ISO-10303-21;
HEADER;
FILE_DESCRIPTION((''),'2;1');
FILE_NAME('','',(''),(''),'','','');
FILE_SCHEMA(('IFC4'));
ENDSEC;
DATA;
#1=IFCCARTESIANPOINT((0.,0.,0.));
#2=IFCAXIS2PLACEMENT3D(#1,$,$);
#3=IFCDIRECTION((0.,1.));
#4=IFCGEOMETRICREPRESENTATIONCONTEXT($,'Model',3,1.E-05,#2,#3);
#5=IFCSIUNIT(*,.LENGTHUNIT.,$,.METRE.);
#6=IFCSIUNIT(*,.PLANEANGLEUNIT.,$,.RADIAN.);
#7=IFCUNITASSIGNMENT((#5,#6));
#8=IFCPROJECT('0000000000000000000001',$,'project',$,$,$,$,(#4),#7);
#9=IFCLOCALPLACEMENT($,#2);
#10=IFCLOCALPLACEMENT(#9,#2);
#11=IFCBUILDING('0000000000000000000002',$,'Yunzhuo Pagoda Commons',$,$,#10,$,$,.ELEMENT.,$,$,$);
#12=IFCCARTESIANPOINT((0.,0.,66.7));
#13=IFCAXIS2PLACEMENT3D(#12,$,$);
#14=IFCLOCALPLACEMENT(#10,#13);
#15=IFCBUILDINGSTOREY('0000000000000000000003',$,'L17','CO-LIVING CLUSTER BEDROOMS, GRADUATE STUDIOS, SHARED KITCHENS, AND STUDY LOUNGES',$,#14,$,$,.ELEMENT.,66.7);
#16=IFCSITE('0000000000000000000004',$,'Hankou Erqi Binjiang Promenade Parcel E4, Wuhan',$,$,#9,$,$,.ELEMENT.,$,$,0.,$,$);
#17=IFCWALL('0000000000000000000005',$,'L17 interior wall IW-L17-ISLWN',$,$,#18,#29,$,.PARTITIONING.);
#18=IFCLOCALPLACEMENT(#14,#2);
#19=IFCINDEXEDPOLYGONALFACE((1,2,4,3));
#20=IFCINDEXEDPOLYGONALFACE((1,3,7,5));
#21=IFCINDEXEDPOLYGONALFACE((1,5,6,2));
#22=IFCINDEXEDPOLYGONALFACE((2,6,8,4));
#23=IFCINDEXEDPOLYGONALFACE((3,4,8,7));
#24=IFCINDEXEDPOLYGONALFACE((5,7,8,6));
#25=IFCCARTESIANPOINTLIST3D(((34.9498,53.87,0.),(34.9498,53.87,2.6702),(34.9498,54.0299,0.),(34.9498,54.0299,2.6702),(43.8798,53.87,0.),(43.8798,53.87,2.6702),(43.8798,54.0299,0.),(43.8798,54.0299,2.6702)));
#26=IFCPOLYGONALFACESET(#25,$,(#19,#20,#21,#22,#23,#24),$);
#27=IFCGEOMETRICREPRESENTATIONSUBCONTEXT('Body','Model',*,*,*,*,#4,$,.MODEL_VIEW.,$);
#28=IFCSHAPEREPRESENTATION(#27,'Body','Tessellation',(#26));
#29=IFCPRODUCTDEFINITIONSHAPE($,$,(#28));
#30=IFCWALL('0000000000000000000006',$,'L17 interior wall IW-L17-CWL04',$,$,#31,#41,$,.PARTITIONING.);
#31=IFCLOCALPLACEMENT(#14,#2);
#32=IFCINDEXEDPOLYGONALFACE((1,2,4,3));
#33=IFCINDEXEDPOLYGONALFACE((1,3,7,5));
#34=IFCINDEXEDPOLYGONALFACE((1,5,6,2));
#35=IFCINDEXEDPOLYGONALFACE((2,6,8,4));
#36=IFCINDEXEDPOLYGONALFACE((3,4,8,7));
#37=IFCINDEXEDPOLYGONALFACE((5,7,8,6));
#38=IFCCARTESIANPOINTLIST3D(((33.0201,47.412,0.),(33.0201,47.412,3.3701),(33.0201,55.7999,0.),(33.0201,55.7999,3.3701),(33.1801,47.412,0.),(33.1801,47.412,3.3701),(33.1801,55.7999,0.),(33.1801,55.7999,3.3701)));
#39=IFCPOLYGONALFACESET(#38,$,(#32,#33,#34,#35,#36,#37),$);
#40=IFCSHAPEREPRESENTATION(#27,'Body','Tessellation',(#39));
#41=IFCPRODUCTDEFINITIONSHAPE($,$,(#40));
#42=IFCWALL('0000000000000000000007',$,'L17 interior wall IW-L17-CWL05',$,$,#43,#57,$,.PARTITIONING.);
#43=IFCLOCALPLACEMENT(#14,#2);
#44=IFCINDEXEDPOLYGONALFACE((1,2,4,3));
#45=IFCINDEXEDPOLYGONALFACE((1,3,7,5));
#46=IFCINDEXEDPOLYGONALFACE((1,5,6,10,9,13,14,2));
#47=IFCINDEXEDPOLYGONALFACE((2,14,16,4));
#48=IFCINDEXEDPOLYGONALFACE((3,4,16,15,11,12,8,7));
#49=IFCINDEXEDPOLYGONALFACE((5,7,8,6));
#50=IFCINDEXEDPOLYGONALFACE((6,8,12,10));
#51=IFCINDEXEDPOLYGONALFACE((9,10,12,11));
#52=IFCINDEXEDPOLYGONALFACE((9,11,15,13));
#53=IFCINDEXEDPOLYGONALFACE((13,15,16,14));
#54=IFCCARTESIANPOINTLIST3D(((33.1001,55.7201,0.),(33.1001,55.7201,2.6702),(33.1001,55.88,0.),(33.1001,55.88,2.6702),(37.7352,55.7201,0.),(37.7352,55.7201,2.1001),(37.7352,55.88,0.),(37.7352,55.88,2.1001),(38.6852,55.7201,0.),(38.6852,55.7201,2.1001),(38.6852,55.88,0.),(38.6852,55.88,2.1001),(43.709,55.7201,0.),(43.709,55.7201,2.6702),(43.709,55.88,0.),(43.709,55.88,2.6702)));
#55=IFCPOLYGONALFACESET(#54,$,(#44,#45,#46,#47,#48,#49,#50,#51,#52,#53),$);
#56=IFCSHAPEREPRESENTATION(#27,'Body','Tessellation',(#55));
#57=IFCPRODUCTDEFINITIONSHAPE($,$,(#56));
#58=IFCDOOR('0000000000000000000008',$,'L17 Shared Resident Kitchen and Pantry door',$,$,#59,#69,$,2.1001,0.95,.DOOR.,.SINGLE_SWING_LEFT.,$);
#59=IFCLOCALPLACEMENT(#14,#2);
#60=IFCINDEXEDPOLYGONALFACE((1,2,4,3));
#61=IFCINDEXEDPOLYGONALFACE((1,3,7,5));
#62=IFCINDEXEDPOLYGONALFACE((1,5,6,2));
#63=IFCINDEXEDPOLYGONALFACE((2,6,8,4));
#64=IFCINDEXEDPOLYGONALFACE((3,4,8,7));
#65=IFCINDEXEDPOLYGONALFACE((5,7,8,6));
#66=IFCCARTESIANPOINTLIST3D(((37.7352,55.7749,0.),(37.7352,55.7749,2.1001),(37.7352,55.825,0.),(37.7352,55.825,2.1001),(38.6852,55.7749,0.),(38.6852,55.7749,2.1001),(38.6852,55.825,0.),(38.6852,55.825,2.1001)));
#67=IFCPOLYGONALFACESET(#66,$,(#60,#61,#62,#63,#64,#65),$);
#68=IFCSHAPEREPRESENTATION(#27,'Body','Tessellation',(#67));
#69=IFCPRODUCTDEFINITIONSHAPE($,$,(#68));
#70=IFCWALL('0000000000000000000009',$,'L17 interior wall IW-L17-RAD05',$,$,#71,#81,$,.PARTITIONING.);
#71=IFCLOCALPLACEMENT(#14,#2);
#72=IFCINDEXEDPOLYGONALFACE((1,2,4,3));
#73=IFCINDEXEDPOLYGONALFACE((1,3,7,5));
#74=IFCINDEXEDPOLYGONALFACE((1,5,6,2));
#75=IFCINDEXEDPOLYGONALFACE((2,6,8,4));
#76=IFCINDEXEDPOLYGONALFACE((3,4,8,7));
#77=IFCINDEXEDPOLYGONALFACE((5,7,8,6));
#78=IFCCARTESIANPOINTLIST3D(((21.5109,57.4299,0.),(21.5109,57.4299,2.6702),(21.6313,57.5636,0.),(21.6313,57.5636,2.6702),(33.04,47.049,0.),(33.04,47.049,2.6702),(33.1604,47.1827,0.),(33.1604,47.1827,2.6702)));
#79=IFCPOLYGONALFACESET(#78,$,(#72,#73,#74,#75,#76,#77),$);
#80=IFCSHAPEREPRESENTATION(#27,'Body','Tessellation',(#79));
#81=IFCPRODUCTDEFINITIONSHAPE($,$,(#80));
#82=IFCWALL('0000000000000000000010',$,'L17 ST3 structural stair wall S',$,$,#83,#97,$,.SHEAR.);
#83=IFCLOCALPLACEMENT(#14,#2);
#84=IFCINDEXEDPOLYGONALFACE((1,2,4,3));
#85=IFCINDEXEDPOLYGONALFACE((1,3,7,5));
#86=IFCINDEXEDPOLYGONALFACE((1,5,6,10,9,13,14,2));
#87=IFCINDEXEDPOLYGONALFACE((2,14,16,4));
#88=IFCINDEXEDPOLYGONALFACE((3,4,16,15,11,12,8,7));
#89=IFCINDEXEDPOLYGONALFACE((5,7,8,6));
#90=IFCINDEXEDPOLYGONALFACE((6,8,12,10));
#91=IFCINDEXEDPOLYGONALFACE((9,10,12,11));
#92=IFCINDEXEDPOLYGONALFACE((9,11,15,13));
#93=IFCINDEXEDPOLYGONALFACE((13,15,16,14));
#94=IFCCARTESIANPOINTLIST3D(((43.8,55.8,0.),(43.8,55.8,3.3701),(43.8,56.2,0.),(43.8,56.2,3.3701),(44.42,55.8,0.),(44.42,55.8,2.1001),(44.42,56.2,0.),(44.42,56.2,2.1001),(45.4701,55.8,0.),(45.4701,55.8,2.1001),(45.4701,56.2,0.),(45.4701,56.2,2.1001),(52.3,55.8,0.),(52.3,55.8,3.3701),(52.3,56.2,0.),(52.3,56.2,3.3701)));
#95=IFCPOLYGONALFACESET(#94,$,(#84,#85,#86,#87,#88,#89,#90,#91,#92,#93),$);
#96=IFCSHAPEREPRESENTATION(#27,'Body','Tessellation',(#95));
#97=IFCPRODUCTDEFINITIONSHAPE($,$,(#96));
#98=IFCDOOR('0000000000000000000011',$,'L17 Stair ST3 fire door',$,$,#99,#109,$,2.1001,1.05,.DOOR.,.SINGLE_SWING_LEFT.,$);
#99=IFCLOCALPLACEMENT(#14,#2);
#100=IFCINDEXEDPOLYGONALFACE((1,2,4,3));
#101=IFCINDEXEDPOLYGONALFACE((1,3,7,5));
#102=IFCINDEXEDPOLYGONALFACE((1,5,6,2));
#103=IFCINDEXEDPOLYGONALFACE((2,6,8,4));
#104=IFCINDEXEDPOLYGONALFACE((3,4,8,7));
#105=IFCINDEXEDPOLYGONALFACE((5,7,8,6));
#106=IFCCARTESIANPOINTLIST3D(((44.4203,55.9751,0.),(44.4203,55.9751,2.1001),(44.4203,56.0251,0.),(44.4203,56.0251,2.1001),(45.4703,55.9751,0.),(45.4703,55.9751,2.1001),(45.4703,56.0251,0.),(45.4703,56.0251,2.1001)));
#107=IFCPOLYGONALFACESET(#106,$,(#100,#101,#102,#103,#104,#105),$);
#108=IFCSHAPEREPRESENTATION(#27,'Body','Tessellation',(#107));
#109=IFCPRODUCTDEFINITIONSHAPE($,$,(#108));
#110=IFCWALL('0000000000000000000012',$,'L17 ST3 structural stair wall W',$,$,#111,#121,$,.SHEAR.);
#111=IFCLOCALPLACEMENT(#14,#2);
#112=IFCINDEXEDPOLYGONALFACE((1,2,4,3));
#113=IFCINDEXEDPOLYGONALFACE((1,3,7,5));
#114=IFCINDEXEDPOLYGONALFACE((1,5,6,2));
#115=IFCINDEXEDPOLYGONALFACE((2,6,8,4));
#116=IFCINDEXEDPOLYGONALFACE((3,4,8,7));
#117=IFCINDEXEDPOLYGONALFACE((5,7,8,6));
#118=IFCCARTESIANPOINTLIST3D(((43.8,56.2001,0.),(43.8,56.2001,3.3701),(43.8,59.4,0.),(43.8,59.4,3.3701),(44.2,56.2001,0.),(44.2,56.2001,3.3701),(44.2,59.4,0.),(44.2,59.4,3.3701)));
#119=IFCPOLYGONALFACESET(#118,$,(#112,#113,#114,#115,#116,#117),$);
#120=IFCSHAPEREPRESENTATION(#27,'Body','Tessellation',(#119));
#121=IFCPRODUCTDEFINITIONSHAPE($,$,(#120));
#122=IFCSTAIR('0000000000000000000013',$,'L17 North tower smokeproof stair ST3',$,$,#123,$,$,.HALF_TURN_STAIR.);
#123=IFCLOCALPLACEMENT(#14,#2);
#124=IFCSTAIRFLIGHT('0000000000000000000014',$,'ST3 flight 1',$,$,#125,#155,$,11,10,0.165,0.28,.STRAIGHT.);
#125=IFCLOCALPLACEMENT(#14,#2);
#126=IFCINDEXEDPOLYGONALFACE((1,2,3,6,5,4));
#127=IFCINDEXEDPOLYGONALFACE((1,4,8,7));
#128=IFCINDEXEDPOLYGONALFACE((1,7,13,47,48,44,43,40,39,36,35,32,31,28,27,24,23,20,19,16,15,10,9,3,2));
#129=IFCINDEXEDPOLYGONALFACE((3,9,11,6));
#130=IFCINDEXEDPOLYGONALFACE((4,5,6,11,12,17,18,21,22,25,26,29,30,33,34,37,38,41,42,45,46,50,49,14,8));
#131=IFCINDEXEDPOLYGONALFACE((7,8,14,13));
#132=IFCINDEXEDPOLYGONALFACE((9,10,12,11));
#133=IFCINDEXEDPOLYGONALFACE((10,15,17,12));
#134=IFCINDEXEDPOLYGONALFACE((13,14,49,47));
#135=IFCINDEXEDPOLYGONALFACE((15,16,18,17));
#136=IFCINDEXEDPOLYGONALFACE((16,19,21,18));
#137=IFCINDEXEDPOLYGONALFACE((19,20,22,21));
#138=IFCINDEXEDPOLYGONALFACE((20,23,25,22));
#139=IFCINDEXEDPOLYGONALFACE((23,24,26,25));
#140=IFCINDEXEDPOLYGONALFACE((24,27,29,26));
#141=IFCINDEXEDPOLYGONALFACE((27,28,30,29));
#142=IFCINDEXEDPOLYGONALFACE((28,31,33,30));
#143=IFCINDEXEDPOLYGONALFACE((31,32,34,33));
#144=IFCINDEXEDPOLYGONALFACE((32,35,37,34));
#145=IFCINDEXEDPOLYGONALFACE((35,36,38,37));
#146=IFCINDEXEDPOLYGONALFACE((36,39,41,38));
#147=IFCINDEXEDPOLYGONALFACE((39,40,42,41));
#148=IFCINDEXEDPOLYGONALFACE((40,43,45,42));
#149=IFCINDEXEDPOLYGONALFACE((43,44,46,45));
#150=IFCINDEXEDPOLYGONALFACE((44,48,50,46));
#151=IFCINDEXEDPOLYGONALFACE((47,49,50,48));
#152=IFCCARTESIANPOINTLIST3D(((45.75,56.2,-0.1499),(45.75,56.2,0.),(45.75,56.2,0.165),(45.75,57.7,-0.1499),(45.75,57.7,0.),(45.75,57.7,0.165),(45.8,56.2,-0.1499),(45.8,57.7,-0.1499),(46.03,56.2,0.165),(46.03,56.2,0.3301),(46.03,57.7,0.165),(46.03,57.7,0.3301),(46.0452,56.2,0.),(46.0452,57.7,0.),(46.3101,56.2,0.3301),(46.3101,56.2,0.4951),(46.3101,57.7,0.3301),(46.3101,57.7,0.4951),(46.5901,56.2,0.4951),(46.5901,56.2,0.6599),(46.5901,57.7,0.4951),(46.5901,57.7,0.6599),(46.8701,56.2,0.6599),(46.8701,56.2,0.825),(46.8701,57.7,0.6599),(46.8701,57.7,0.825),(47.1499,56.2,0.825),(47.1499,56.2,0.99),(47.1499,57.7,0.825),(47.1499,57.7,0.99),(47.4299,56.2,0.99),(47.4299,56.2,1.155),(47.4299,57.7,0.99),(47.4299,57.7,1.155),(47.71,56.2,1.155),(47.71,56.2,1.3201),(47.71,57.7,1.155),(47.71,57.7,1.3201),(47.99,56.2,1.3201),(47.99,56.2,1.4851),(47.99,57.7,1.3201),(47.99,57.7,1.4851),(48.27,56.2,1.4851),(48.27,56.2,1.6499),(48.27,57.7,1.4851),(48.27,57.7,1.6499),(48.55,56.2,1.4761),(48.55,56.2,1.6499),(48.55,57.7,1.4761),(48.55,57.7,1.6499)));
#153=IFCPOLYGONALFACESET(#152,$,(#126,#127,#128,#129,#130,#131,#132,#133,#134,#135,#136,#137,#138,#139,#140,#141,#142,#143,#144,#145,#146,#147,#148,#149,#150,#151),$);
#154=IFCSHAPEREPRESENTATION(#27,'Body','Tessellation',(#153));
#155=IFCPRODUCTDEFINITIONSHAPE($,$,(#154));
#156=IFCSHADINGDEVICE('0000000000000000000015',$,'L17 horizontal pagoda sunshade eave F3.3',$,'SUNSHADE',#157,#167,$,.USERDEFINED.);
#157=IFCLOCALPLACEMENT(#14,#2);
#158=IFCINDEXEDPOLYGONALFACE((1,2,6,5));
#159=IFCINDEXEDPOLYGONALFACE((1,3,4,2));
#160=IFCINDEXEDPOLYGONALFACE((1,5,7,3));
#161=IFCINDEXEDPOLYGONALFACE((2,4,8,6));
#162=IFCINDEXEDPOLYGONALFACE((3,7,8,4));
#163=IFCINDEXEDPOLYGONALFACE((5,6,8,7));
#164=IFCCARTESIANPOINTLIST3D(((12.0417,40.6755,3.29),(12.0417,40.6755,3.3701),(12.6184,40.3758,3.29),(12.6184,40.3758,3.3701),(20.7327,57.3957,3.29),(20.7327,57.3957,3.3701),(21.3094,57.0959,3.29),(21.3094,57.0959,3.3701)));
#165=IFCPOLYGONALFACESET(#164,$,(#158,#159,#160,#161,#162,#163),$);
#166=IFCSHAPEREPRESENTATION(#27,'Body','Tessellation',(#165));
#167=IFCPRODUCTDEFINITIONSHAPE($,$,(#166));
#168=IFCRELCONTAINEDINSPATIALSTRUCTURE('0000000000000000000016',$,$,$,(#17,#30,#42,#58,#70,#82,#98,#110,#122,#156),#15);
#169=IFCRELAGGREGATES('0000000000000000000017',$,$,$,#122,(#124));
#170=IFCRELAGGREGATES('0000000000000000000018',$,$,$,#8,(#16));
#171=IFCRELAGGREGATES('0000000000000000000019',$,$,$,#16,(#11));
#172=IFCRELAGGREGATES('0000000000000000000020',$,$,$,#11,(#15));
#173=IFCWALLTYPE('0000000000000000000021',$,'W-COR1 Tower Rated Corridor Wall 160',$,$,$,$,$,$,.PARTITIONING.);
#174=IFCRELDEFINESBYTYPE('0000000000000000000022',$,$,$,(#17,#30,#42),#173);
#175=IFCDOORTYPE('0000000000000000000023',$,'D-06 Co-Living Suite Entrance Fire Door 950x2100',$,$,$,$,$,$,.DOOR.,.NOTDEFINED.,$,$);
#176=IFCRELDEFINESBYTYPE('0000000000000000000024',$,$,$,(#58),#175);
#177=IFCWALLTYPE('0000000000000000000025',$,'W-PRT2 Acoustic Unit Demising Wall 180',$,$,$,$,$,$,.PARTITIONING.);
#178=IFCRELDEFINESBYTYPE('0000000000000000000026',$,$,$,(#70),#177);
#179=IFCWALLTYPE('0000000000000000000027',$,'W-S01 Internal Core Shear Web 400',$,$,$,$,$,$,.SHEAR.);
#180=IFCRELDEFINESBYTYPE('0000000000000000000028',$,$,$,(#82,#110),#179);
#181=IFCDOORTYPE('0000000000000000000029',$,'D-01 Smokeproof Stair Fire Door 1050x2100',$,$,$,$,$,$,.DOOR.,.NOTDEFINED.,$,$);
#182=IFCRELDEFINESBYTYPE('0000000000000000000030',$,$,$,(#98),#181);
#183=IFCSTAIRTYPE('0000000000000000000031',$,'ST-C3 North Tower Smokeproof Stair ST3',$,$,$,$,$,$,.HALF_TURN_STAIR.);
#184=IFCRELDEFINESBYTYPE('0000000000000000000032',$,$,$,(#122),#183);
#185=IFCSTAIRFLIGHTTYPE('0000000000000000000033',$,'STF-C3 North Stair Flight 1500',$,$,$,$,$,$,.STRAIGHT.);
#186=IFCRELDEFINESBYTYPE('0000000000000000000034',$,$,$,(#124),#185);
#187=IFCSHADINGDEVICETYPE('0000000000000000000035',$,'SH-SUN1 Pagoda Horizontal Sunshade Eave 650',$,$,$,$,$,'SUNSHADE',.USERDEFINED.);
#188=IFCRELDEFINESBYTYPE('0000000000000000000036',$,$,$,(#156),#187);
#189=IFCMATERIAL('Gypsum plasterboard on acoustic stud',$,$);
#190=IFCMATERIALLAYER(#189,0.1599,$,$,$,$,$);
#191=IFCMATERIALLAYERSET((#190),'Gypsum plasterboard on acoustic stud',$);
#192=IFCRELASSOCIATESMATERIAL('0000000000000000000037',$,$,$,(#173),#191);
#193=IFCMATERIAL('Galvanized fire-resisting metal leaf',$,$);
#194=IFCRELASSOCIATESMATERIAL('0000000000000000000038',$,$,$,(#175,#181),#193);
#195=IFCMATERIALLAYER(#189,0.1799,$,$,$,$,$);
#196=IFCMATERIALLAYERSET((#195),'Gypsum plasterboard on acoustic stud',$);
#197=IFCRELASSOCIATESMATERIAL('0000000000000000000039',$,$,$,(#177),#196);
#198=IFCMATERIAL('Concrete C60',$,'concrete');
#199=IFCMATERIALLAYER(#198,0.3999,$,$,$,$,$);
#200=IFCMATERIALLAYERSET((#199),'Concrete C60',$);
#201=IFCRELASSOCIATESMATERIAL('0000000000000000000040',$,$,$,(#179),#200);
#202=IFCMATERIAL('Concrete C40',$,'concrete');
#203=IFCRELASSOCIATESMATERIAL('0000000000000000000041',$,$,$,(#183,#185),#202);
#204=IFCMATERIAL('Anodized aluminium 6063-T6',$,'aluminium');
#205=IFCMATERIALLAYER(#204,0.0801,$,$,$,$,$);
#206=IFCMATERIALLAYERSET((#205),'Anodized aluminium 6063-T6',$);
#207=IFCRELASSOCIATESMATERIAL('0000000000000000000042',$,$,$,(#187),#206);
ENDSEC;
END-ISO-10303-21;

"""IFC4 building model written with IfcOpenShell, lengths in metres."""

from ifc_helpers import new_model, si_unit, direction, frame, frame_2d, origin, origin_with_axes, origin_2d, place, context, subcontext, project, spatial, polyline, rectangle, outline, extrude, source, transform, mapped, material, layer, layer_set, type_object, element, fill, aggregate, save


model = new_model("IFC4")

# Units and contexts
model_context = context("Model", 3, precision=1e-05, world=origin(), true_north=direction((0.0, 1.0)))
body_context = subcontext(model_context, "Body", "Model", "MODEL_VIEW")
ifc_project = project(units=[si_unit("LENGTHUNIT", "METRE"), si_unit("PLANEANGLEUNIT", "RADIAN")], contexts=[model_context])

# Site, building, storey
site_placement = place(None, origin())
site = spatial("IfcSite", under=ifc_project, at=site_placement, Name="Hankou Erqi Binjiang Promenade Parcel E4, Wuhan", CompositionType="ELEMENT", RefElevation=0.0)
building_placement = place(site_placement, origin())
building = spatial("IfcBuilding", under=site, at=building_placement, Name="Yunzhuo Pagoda Commons", CompositionType="ELEMENT")
storey_placement = place(building_placement, frame((0.0, 0.0, 66.7)))
storey = spatial("IfcBuildingStorey", under=building, at=storey_placement, Name="L17", Description="CO-LIVING CLUSTER BEDROOMS, GRADUATE STUDIOS, SHARED KITCHENS, AND STUDY LOUNGES", CompositionType="ELEMENT", Elevation=66.7)

# Shared definitions
ifc_material_1 = material(Name="Anodized aluminium 6063-T6", Category="aluminium")

# Walls
ifc_material_2 = material(Name="Gypsum plasterboard on acoustic stud")
ifc_layer_1 = layer(ifc_material_2, 0.1599)
ifc_layer_set_1 = layer_set([ifc_layer_1], Name="Gypsum plasterboard on acoustic stud")
wall_type_1 = type_object("IfcWallType", Name="W-COR1 Tower Rated Corridor Wall 160", PredefinedType="PARTITIONING", material=ifc_layer_set_1)
wall_1_placement = place(storey_placement, frame((34.95, 53.95, 0.0), z_axis=(0.0, 0.0, 1.0), x_axis=(1.0, 0.0, 0.0)))
element("IfcWall", 1, at=wall_1_placement, inside=storey, type_object=wall_type_1, Name="L17 interior wall IW-L17-ISLWN", PredefinedType="PARTITIONING", context=body_context, shape_type="SweptSolid", body=[
    extrude(rectangle(XDim=8.9299, YDim=0.1599, at=frame_2d((4.4648, 0.0))), origin(), (0.0, 0.0, 1.0), 2.6702),
])
wall_2_placement = place(storey_placement, frame((33.1001, 47.4121, 0.0), z_axis=(0.0, 0.0, 1.0), x_axis=(0.0, 1.0, 0.0)))
element("IfcWall", 2, at=wall_2_placement, inside=storey, type_object=wall_type_1, Name="L17 interior wall IW-L17-CWL04", PredefinedType="PARTITIONING", context=body_context, shape_type="SweptSolid", body=[
    extrude(rectangle(XDim=8.3879, YDim=0.1599, at=frame_2d((4.1938, 0.0))), origin(), (0.0, 0.0, 1.0), 3.3701),
])

# Wall, opening, door
wall_3_placement = place(storey_placement, frame((33.1001, 55.8, 0.0), z_axis=(0.0, 0.0, 1.0), x_axis=(1.0, 0.0, 0.0)))
wall_3 = element("IfcWall", 3, at=wall_3_placement, inside=storey, type_object=wall_type_1, Name="L17 interior wall IW-L17-CWL05", PredefinedType="PARTITIONING", context=body_context, shape_type="SweptSolid", body=[
    extrude(rectangle(XDim=10.6089, YDim=0.1599, at=frame_2d((5.3044, 0.0))), origin(), (0.0, 0.0, 1.0), 2.6702),
])
opening_1_placement = place(wall_3_placement, frame((4.635, 0.0, 0.0)))
opening_1 = element("IfcOpeningElement", 4, at=opening_1_placement, cuts=wall_3, PredefinedType="OPENING", context=body_context, shape_type="SweptSolid", body=[
    extrude(rectangle(XDim=0.95, YDim=2.1001, at=frame_2d((0.4751, 1.05))), frame((0.0, 0.0898, 0.0), z_axis=(0.0, -1.0, 0.0), x_axis=(1.0, 0.0, 0.0)), (0.0, 0.0, 1.0), 0.1799),
])
ifc_material_3 = material(Name="Galvanized fire-resisting metal leaf")
door_type_1 = type_object("IfcDoorType", Name="D-06 Co-Living Suite Entrance Fire Door 950x2100", OperationType="NOTDEFINED", PredefinedType="DOOR", material=ifc_material_3)
shared_shape_1 = source(origin(), body_context, "Body", "SweptSolid", [
    extrude(rectangle(XDim=0.95, YDim=2.1001, at=frame_2d((0.4751, 1.05))), frame((0.0, 0.0249, 0.0), z_axis=(0.0, -1.0, 0.0), x_axis=(1.0, 0.0, 0.0)), (0.0, 0.0, 1.0), 0.05),
])
door_1_placement = place(opening_1_placement, origin_with_axes())
door_1 = element("IfcDoor", 5, at=door_1_placement, inside=storey, type_object=door_type_1, Name="L17 Shared Resident Kitchen and Pantry door", OperationType="SINGLE_SWING_LEFT", OverallHeight=2.1001, OverallWidth=0.95, PredefinedType="DOOR", context=body_context, shape_type="MappedRepresentation", body=[
    mapped(shared_shape_1, transform((0.0, 0.0, 0.0), scale=1.0)),
])
fill(opening_1, door_1)

# Wall
ifc_layer_2 = layer(ifc_material_2, 0.1799)
ifc_layer_set_2 = layer_set([ifc_layer_2], Name="Gypsum plasterboard on acoustic stud")
wall_type_2 = type_object("IfcWallType", Name="W-PRT2 Acoustic Unit Demising Wall 180", PredefinedType="PARTITIONING", material=ifc_layer_set_2)
wall_4_placement = place(storey_placement, frame((33.1001, 47.116, 0.0), z_axis=(0.0, 0.0, 1.0), x_axis=(-0.743143, 0.669133, 0.0)))
element("IfcWall", 6, at=wall_4_placement, inside=storey, type_object=wall_type_2, Name="L17 interior wall IW-L17-RAD05", PredefinedType="PARTITIONING", context=body_context, shape_type="SweptSolid", body=[
    extrude(rectangle(XDim=15.5139, YDim=0.1799, at=frame_2d((7.7568, 0.0))), origin(), (0.0, 0.0, 1.0), 2.6702),
])

# Wall, opening, door
ifc_material_4 = material(Name="Concrete C60", Category="concrete")
ifc_layer_3 = layer(ifc_material_4, 0.3999)
ifc_layer_set_3 = layer_set([ifc_layer_3], Name="Concrete C60")
wall_type_3 = type_object("IfcWallType", Name="W-S01 Internal Core Shear Web 400", PredefinedType="SHEAR", material=ifc_layer_set_3)
wall_5_placement = place(storey_placement, frame((43.8, 56.0, 0.0), z_axis=(0.0, 0.0, 1.0), x_axis=(1.0, 0.0, 0.0)))
wall_5 = element("IfcWall", 7, at=wall_5_placement, inside=storey, type_object=wall_type_3, Name="L17 ST3 structural stair wall S", PredefinedType="SHEAR", context=body_context, shape_type="SweptSolid", body=[
    extrude(rectangle(XDim=8.5, YDim=0.3999, at=frame_2d((4.25, 0.0))), origin(), (0.0, 0.0, 1.0), 3.3701),
])
opening_2_placement = place(wall_5_placement, frame((0.6201, 0.0, 0.0)))
opening_2 = element("IfcOpeningElement", 8, at=opening_2_placement, cuts=wall_5, PredefinedType="OPENING", context=body_context, shape_type="SweptSolid", body=[
    extrude(rectangle(XDim=1.05, YDim=2.1001, at=frame_2d((0.5249, 1.05))), frame((0.0, 0.21, 0.0), z_axis=(0.0, -1.0, 0.0), x_axis=(1.0, 0.0, 0.0)), (0.0, 0.0, 1.0), 0.4199),
])
door_type_2 = type_object("IfcDoorType", Name="D-01 Smokeproof Stair Fire Door 1050x2100", OperationType="NOTDEFINED", PredefinedType="DOOR", material=ifc_material_3)
shared_shape_2 = source(origin(), body_context, "Body", "SweptSolid", [
    extrude(rectangle(XDim=1.05, YDim=2.1001, at=frame_2d((0.5249, 1.05))), frame((0.0, 0.0249, 0.0), z_axis=(0.0, -1.0, 0.0), x_axis=(1.0, 0.0, 0.0)), (0.0, 0.0, 1.0), 0.05),
])
door_2_placement = place(opening_2_placement, frame((1.05, 0.0, 0.0), z_axis=(0.0, 0.0, 1.0), x_axis=(-1.0, 0.0, 0.0)))
door_2 = element("IfcDoor", 9, at=door_2_placement, inside=storey, type_object=door_type_2, Name="L17 Stair ST3 fire door", OperationType="SINGLE_SWING_LEFT", OverallHeight=2.1001, OverallWidth=1.05, PredefinedType="DOOR", context=body_context, shape_type="MappedRepresentation", body=[
    mapped(shared_shape_2, transform((0.0, 0.0, 0.0), scale=1.0)),
])
fill(opening_2, door_2)

# Wall
wall_6_placement = place(storey_placement, frame((44.0, 56.2, 0.0), z_axis=(0.0, 0.0, 1.0), x_axis=(0.0, 1.0, 0.0)))
element("IfcWall", 10, at=wall_6_placement, inside=storey, type_object=wall_type_3, Name="L17 ST3 structural stair wall W", PredefinedType="SHEAR", context=body_context, shape_type="SweptSolid", body=[
    extrude(rectangle(XDim=3.2, YDim=0.3999, at=frame_2d((1.6001, 0.0))), origin(), (0.0, 0.0, 1.0), 3.3701),
])

# Stair, stair flight
ifc_material_5 = material(Name="Concrete C40", Category="concrete")
stair_type = type_object("IfcStairType", Name="ST-C3 North Tower Smokeproof Stair ST3", PredefinedType="HALF_TURN_STAIR", material=ifc_material_5)
stair_placement = place(storey_placement, origin())
stair = element("IfcStair", 11, at=stair_placement, inside=storey, type_object=stair_type, Name="L17 North tower smokeproof stair ST3", PredefinedType="HALF_TURN_STAIR")
stair_flight_type = type_object("IfcStairFlightType", Name="STF-C3 North Stair Flight 1500", PredefinedType="STRAIGHT", material=ifc_material_5)
shared_shape_3 = source(origin(), body_context, "Body", "SweptSolid", [
    extrude(outline(polyline([(0.0, -0.1499), (0.0, 0.0), (0.0, 0.165), (0.28, 0.165), (0.28, 0.3301), (0.5601, 0.3301), (0.5601, 0.4951), (0.8401, 0.4951), (0.8401, 0.6599), (1.1201, 0.6599), (1.1201, 0.825), (1.3999, 0.825), (1.3999, 0.99), (1.6799, 0.99), (1.6799, 1.155), (1.96, 1.155), (1.96, 1.3201), (2.24, 1.3201), (2.24, 1.4851), (2.52, 1.4851), (2.52, 1.6499), (2.8, 1.6499), (2.8, 1.8149), (2.8, 1.4761), (0.2952, 0.0), (0.05, -0.1499), (0.0, -0.1499)])), frame((0.0, 0.75, 0.0), z_axis=(0.0, -1.0, 0.0), x_axis=(1.0, 0.0, 0.0)), (0.0, 0.0, 1.0), 1.5),
])
stair_flight_placement = place(storey_placement, frame((45.75, 56.95, 0.0), z_axis=(0.0, 0.0, 1.0), x_axis=(1.0, 0.0, 0.0)))
stair_flight = element("IfcStairFlight", 12, at=stair_flight_placement, type_object=stair_flight_type, Name="ST3 flight 1", NumberOfRisers=11, NumberOfTreads=10, PredefinedType="STRAIGHT", RiserHeight=0.165, TreadLength=0.28, context=body_context, shape_type="MappedRepresentation", body=[
    mapped(shared_shape_3, transform((0.0, 0.0, 0.0), scale=1.0)),
])
aggregate(stair, [stair_flight])

# Shading device
ifc_layer_4 = layer(ifc_material_1, 0.0801)
ifc_layer_set_4 = layer_set([ifc_layer_4], Name="Anodized aluminium 6063-T6")
shading_device_type = type_object("IfcShadingDeviceType", Name="SH-SUN1 Pagoda Horizontal Sunshade Eave 650", ElementType="SUNSHADE", PredefinedType="USERDEFINED", material=ifc_layer_set_4)
shared_shape_4 = source(origin(), body_context, "Body", "SweptSolid", [
    extrude(rectangle(XDim=18.844, YDim=0.6499, at=origin_2d()), origin(), (0.0, 0.0, 1.0), 0.0801),
])
shading_device_placement = place(storey_placement, frame((16.6755, 48.8857, 3.29), z_axis=(0.0, 0.0, 1.0), x_axis=(-0.461207, -0.887293, 0.0)))
element("IfcShadingDevice", 13, at=shading_device_placement, inside=storey, type_object=shading_device_type, Name="L17 horizontal pagoda sunshade eave F3.3", ObjectType="SUNSHADE", PredefinedType="USERDEFINED", context=body_context, shape_type="MappedRepresentation", body=[
    mapped(shared_shape_4, transform((0.0, 0.0, 0.0), scale=1.0)),
])

save(model, "model.ifc")
